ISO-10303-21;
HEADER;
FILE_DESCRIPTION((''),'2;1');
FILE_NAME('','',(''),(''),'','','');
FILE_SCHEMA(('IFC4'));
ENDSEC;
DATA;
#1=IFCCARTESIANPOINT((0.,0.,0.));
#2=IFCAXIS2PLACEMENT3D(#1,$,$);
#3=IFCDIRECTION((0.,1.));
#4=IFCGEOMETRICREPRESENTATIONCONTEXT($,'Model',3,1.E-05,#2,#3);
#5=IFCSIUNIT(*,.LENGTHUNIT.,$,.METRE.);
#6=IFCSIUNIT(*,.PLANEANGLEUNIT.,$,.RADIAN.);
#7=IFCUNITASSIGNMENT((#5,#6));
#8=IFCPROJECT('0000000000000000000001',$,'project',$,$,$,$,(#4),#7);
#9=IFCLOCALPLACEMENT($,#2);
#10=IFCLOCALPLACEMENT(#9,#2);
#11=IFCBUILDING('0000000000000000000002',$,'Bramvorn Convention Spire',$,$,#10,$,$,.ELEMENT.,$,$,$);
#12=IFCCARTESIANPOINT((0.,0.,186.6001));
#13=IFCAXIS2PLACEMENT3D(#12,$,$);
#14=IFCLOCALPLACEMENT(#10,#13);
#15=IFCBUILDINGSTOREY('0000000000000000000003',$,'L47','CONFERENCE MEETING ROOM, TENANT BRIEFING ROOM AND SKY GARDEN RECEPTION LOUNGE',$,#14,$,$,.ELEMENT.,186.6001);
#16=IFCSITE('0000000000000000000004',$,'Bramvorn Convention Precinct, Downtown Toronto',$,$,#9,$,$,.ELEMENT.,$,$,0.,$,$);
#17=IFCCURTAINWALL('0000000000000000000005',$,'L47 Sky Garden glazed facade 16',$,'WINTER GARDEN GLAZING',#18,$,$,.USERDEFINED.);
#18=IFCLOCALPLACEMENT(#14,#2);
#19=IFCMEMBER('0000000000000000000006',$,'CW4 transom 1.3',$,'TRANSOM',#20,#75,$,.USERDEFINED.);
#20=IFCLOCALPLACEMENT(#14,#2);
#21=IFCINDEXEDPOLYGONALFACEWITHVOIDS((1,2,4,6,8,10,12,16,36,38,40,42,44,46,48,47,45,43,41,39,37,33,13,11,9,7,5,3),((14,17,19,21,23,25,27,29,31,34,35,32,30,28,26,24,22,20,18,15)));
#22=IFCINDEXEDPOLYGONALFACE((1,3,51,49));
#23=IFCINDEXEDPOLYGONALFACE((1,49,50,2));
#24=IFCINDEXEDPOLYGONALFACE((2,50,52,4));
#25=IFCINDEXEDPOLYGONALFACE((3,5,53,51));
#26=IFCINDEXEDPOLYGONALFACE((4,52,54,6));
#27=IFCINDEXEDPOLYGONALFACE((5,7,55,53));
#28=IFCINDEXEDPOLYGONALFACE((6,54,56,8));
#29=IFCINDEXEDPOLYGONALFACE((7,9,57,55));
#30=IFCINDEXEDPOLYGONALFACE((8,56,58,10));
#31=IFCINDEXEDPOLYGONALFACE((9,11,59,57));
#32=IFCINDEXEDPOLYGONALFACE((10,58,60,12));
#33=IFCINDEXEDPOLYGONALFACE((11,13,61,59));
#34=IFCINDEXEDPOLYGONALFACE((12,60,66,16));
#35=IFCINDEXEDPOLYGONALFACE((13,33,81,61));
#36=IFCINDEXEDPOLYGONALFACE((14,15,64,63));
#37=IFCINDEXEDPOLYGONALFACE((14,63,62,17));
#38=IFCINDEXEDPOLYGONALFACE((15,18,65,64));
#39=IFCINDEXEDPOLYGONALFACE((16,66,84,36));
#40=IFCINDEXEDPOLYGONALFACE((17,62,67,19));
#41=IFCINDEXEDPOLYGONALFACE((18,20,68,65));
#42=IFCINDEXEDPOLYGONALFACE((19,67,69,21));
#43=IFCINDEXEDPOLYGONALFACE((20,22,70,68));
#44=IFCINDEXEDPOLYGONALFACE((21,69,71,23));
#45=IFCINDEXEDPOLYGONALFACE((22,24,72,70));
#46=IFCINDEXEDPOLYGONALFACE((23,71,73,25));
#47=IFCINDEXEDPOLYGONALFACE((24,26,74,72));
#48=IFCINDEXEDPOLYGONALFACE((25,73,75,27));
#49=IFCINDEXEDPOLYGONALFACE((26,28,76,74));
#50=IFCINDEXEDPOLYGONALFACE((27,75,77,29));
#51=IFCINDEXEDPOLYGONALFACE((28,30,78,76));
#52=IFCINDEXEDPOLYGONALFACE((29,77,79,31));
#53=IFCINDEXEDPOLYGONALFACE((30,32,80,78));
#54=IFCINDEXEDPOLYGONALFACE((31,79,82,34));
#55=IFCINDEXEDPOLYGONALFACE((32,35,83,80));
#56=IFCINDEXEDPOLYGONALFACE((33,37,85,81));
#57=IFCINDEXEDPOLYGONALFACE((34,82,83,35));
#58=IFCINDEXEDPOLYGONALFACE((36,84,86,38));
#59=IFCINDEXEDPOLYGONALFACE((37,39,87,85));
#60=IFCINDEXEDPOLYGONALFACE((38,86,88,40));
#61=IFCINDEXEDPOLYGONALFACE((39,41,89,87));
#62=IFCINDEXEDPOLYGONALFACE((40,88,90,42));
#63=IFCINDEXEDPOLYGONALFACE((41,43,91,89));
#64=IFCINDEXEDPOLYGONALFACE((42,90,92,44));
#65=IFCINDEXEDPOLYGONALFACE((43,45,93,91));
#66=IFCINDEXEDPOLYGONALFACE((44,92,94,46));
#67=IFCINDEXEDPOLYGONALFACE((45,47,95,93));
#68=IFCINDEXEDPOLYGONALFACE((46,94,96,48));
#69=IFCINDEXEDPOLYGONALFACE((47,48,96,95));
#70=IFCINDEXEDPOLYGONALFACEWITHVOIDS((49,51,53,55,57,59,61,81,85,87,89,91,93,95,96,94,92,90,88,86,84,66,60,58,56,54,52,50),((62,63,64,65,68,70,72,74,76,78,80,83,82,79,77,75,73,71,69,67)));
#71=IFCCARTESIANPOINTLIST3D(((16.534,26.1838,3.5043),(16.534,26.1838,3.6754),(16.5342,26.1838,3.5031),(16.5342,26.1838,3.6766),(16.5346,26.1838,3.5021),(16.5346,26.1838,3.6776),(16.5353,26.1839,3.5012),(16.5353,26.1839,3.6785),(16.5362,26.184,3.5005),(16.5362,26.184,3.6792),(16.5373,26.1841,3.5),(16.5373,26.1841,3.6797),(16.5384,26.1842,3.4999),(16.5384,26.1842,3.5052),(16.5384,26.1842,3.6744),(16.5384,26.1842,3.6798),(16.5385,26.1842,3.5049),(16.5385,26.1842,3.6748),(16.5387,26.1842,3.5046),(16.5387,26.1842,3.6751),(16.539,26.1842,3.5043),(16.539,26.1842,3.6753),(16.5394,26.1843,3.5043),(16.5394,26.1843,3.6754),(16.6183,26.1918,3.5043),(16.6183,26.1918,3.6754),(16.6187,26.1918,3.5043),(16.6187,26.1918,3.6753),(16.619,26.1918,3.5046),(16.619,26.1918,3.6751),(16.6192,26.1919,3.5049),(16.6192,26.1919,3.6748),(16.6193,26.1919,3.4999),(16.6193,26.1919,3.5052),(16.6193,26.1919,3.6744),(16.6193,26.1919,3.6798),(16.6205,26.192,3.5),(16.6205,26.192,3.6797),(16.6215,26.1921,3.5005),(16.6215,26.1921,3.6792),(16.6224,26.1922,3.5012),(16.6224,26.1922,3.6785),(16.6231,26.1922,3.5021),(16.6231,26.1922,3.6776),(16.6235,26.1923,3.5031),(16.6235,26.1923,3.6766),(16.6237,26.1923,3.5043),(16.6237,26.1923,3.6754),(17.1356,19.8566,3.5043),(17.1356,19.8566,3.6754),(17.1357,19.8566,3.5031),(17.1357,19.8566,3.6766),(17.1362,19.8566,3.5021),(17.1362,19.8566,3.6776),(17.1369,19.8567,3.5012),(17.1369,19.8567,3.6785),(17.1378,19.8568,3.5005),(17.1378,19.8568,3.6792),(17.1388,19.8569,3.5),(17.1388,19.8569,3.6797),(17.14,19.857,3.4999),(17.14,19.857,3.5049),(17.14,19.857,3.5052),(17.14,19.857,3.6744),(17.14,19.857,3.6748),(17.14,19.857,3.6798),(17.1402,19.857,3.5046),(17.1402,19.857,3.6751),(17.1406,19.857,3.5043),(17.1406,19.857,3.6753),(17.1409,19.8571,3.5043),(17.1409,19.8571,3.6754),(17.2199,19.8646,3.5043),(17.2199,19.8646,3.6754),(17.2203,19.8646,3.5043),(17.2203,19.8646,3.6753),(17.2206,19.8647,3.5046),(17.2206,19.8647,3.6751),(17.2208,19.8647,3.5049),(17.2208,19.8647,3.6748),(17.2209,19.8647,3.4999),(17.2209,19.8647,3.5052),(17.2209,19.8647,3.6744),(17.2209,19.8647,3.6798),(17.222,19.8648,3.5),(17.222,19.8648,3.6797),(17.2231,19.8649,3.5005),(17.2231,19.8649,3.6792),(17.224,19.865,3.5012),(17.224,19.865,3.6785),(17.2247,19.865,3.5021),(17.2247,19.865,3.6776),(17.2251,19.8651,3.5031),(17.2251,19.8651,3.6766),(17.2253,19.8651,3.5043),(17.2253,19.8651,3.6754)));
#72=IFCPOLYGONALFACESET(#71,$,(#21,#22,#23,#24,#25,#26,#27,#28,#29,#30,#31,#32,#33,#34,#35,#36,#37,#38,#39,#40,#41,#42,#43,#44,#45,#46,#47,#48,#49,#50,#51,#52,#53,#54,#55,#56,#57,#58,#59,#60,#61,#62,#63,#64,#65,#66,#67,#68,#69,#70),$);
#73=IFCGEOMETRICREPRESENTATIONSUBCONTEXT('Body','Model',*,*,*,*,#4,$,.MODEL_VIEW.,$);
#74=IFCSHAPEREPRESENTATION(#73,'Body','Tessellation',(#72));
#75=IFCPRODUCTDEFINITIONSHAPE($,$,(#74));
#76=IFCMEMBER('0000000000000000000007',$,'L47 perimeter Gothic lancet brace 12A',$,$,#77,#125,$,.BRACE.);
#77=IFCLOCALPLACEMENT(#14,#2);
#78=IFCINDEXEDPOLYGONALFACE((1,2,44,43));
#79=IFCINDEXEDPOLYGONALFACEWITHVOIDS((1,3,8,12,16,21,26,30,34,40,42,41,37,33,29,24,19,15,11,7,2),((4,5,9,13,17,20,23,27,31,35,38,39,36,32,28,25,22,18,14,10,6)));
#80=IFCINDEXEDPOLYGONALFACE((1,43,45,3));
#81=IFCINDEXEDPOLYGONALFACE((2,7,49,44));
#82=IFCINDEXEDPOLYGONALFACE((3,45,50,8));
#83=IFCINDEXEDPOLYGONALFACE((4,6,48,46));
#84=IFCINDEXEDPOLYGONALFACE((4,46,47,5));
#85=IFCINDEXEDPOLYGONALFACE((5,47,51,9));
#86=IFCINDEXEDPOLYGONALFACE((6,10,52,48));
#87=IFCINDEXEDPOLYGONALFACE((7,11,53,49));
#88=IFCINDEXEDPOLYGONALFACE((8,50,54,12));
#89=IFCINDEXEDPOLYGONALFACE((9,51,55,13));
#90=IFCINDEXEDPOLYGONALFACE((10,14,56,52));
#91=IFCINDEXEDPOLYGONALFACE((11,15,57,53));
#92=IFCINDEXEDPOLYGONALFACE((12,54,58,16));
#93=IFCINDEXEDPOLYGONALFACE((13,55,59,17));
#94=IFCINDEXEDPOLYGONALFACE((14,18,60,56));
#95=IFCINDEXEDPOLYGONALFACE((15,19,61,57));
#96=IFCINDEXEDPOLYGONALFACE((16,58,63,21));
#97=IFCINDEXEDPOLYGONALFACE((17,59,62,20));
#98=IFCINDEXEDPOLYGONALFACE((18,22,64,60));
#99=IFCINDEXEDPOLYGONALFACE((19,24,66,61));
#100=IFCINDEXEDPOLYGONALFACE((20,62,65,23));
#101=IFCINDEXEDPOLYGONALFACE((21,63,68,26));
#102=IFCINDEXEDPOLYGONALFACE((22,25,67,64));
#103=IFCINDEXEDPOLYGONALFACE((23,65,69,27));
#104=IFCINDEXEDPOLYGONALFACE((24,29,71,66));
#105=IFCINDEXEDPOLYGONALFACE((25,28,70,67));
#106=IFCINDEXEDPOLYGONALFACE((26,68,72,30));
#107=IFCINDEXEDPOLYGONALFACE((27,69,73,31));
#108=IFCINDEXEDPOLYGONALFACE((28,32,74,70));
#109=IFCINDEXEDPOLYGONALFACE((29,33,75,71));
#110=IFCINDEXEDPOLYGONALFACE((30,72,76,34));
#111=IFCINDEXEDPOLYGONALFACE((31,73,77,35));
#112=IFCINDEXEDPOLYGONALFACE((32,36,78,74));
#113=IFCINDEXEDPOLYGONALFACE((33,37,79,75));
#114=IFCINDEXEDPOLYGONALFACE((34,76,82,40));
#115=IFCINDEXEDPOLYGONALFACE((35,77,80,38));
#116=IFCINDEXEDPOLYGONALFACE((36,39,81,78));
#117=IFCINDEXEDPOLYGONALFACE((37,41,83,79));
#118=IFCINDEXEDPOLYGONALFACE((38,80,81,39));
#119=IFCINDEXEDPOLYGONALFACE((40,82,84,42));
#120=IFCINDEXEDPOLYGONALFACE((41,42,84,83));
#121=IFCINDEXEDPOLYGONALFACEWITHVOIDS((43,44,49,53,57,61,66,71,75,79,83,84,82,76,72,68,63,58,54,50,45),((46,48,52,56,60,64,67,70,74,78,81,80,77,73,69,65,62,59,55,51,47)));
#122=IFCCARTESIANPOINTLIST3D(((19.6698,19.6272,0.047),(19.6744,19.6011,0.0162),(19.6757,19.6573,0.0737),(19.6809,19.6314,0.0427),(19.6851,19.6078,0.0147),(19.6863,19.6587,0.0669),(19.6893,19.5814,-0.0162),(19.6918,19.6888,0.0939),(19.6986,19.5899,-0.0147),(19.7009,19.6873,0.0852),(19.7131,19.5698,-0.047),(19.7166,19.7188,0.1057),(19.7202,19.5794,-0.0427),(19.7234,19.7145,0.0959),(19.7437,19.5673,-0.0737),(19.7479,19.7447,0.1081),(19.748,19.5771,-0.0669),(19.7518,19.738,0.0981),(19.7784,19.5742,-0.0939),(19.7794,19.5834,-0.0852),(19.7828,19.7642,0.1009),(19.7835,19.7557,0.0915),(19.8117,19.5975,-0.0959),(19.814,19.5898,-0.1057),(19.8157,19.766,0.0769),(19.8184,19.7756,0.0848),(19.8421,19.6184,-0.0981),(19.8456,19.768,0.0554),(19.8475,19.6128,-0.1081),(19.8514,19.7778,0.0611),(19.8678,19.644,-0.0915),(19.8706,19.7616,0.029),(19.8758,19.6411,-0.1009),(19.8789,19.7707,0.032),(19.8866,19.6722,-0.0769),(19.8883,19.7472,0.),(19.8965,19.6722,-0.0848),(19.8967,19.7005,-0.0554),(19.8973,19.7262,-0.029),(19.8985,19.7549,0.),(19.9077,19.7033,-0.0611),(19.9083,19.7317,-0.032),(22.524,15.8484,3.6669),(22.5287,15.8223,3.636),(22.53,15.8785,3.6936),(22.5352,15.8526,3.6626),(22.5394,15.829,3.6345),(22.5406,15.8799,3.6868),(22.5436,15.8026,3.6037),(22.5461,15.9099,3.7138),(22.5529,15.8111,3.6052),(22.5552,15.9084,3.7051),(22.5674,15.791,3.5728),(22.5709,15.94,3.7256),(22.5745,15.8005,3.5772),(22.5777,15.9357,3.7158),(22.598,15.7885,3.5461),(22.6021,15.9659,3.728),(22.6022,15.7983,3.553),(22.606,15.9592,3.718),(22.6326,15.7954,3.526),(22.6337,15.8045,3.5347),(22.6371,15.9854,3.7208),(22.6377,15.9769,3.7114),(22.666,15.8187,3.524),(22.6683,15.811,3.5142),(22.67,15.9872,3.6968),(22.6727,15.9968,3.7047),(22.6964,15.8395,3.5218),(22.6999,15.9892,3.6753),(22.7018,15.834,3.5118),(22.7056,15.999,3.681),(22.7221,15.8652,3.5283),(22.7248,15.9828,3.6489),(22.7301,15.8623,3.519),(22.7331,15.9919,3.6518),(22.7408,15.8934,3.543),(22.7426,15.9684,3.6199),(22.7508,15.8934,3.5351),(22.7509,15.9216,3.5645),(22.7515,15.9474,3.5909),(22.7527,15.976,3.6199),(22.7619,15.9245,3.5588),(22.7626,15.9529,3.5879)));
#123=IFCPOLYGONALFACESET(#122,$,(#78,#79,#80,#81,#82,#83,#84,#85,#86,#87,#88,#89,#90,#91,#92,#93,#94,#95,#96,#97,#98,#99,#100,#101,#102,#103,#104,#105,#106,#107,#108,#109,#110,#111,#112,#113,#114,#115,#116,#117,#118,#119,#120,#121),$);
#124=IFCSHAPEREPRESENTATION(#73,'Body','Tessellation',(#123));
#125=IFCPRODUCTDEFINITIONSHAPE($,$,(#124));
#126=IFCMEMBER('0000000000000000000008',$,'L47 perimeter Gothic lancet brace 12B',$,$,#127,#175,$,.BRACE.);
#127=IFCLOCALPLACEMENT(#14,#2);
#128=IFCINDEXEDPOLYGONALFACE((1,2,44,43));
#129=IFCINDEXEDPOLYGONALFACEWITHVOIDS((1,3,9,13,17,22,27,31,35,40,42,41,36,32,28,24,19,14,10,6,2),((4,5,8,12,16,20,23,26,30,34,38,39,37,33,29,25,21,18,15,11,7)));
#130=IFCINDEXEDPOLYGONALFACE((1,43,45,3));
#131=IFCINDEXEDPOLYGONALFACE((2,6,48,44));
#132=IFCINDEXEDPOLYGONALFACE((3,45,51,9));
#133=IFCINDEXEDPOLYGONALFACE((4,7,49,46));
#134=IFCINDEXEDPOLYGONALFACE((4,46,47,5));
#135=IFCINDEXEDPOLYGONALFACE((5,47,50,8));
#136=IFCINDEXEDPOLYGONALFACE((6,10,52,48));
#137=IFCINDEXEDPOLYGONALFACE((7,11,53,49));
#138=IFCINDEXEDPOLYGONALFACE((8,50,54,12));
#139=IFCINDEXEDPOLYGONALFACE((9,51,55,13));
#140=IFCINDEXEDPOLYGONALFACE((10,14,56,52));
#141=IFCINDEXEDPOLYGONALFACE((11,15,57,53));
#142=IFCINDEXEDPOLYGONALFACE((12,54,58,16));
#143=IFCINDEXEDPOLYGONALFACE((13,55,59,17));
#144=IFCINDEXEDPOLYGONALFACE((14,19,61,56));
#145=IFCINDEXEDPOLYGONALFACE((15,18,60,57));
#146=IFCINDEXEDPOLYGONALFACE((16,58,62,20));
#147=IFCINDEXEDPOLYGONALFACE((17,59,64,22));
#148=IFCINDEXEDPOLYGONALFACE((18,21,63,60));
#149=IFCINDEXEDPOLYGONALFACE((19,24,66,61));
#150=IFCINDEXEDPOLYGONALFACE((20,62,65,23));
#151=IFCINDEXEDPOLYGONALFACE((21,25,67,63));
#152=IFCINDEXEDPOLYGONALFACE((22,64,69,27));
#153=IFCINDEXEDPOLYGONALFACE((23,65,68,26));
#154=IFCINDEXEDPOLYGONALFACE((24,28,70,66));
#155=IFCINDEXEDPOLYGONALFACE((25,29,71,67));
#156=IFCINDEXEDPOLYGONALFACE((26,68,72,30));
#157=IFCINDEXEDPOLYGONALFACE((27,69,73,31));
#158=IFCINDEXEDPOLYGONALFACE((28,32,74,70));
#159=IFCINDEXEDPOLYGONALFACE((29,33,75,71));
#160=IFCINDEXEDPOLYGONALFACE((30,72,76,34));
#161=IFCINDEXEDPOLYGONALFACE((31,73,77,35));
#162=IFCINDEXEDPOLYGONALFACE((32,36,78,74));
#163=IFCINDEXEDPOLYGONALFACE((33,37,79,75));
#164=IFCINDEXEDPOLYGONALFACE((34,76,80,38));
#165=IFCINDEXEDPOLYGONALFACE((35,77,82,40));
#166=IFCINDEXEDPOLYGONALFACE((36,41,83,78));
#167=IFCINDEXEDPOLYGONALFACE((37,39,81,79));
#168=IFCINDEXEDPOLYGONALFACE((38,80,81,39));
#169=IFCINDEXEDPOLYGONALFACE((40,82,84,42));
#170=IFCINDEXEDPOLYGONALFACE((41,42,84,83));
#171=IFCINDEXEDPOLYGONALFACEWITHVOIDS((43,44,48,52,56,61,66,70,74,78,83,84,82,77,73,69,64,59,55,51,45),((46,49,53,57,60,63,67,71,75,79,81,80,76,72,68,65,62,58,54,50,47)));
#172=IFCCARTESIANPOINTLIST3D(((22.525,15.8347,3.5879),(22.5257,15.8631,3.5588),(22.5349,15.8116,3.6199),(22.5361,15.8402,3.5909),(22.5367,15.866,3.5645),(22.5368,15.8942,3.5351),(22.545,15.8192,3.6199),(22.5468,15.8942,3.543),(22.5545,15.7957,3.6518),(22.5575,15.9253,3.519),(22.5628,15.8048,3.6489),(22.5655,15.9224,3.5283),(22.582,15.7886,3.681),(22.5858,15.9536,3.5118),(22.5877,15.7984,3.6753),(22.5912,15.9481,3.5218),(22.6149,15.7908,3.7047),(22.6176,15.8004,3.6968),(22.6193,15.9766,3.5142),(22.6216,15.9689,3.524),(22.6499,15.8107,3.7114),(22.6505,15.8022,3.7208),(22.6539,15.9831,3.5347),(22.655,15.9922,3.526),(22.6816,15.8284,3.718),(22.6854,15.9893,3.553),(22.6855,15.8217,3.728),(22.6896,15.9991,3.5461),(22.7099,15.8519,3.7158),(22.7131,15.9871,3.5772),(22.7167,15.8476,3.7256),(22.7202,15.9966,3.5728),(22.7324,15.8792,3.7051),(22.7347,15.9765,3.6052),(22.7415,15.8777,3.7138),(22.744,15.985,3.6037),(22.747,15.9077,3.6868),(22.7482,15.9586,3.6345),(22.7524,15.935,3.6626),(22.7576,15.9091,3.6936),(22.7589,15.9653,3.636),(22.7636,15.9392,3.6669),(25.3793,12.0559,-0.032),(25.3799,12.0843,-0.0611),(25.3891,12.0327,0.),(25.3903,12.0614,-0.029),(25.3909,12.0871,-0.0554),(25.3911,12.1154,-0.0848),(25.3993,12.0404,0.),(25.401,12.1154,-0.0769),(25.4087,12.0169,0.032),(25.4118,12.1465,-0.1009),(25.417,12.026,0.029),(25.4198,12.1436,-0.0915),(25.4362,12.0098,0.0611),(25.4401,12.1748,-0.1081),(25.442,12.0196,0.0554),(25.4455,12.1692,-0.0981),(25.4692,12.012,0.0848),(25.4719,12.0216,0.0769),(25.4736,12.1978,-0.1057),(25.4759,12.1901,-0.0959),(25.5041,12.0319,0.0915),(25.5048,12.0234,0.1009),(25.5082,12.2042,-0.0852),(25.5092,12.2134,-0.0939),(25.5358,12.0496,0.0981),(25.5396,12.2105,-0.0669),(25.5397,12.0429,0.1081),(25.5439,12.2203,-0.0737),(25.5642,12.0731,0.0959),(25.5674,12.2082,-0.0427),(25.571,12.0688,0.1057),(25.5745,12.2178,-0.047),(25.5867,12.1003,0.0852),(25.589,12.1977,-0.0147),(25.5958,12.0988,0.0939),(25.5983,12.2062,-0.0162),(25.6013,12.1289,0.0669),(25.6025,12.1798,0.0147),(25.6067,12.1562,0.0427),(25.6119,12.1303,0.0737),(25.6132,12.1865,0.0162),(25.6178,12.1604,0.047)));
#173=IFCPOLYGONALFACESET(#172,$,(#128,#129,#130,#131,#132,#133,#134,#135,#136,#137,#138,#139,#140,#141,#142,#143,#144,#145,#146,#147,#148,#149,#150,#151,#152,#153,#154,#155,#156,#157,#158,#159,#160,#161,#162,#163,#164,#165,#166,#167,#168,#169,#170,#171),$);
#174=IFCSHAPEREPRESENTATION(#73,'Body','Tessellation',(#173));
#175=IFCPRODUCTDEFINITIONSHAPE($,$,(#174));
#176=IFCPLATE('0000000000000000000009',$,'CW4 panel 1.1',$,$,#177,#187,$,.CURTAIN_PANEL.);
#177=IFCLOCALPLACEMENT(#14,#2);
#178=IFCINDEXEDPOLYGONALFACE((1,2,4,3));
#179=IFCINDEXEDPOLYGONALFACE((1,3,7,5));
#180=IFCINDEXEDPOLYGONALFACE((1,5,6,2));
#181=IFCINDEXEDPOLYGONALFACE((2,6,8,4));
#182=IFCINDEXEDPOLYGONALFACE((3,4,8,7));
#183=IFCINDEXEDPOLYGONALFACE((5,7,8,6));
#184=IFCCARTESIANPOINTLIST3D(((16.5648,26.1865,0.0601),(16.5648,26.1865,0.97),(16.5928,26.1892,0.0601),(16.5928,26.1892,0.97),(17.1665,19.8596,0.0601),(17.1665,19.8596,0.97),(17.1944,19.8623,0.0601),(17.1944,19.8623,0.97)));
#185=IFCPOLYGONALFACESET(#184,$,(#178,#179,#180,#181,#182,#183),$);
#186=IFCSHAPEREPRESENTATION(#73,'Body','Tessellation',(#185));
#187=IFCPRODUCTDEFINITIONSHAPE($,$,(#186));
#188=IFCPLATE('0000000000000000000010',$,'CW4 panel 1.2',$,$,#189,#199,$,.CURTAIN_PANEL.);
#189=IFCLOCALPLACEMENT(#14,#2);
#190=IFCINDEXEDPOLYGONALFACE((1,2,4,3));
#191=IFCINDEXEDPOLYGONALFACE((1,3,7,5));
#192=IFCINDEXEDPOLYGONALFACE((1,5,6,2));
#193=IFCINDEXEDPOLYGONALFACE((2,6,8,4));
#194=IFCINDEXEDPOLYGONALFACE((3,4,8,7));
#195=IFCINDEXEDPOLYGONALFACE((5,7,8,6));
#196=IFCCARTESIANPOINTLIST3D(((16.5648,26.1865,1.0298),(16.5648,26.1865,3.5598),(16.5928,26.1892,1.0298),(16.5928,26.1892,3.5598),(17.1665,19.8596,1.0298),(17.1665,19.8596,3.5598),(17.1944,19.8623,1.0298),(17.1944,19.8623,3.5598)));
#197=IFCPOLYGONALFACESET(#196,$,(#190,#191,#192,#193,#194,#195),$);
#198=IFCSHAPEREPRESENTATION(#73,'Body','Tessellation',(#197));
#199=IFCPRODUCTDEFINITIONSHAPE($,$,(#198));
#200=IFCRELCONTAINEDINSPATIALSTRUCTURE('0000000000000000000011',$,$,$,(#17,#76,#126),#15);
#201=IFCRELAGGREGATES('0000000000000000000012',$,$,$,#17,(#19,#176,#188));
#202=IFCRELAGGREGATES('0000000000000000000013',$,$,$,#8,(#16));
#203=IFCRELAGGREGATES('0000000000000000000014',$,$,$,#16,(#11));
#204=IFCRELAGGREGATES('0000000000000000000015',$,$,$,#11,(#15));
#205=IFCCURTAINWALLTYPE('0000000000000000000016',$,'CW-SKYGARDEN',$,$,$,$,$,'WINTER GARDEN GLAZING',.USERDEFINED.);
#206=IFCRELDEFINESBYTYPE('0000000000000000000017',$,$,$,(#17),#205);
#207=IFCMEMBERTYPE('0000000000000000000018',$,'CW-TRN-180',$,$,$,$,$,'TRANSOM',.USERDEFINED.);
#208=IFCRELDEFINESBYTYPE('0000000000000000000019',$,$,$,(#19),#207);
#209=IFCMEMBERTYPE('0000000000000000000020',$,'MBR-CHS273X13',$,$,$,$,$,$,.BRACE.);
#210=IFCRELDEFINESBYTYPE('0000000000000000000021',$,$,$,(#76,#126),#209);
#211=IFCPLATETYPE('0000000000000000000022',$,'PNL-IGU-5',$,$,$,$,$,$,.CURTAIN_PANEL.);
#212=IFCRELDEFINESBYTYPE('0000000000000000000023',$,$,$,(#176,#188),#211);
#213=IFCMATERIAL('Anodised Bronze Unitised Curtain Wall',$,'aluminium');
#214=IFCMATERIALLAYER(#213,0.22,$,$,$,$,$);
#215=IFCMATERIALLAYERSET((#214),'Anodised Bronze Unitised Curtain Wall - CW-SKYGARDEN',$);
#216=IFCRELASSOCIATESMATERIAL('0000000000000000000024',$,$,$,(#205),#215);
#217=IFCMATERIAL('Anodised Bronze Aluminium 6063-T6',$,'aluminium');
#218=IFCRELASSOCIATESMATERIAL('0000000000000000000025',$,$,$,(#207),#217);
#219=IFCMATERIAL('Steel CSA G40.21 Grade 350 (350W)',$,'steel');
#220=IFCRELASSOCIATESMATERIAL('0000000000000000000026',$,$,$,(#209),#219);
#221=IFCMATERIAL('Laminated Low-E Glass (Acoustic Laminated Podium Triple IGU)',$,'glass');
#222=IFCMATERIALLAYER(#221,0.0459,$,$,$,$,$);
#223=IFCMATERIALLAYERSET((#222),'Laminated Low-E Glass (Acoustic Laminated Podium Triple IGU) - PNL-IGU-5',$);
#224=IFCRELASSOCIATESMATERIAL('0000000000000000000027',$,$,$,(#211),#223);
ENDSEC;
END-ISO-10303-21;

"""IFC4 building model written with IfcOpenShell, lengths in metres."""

from ifc_helpers import new_model, si_unit, direction, frame, origin, origin_2d, place, context, subcontext, project, spatial, rectangle, hollow_rectangle, hollow_circle, extrude, material, layer, layer_set, material_profile, profile_set, type_object, element, aggregate, save


model = new_model("IFC4")

# Units and contexts
model_context = context("Model", 3, precision=1e-05, world=origin(), true_north=direction((0.0, 1.0)))
body_context = subcontext(model_context, "Body", "Model", "MODEL_VIEW")
ifc_project = project(units=[si_unit("LENGTHUNIT", "METRE"), si_unit("PLANEANGLEUNIT", "RADIAN")], contexts=[model_context])

# Site, building, storey
site_placement = place(None, origin())
site = spatial("IfcSite", under=ifc_project, at=site_placement, Name="Bramvorn Convention Precinct, Downtown Toronto", CompositionType="ELEMENT", RefElevation=0.0)
building_placement = place(site_placement, origin())
building = spatial("IfcBuilding", under=site, at=building_placement, Name="Bramvorn Convention Spire", CompositionType="ELEMENT")
storey_placement = place(building_placement, frame((0.0, 0.0, 186.6001)))
storey = spatial("IfcBuildingStorey", under=building, at=storey_placement, Name="L47", Description="CONFERENCE MEETING ROOM, TENANT BRIEFING ROOM AND SKY GARDEN RECEPTION LOUNGE", CompositionType="ELEMENT", Elevation=186.6001)

# Shared definitions
ifc_material_1 = material(Name="Steel CSA G40.21 Grade 350 (350W)", Category="steel")

# Curtain wall, member
ifc_material_2 = material(Name="Anodised Bronze Unitised Curtain Wall", Category="aluminium")
ifc_layer_1 = layer(ifc_material_2, 0.22)
ifc_layer_set_1 = layer_set([ifc_layer_1], Name="Anodised Bronze Unitised Curtain Wall - CW-SKYGARDEN")
curtain_wall_type = type_object("IfcCurtainWallType", Name="CW-SKYGARDEN", ElementType="WINTER GARDEN GLAZING", PredefinedType="USERDEFINED", material=ifc_layer_set_1)
curtain_wall_placement = place(storey_placement, origin())
curtain_wall = element("IfcCurtainWall", 1, at=curtain_wall_placement, inside=storey, type_object=curtain_wall_type, Name="L47 Sky Garden glazed facade 16", ObjectType="WINTER GARDEN GLAZING", PredefinedType="USERDEFINED")
ifc_material_3 = material(Name="Anodised Bronze Aluminium 6063-T6", Category="aluminium")
ifc_material_profile_1 = material_profile(ifc_material_3, hollow_rectangle(XDim=0.0901, YDim=0.1799, WallThickness=0.0044, InnerFilletRadius=0.001, OuterFilletRadius=0.0044, at=origin_2d()))
ifc_profile_set_1 = profile_set([ifc_material_profile_1], Name="Anodised Bronze Aluminium 6063-T6 - CWT90X180")
member_type_1 = type_object("IfcMemberType", Name="CW-TRN-180", ElementType="TRANSOM", PredefinedType="USERDEFINED", material=ifc_profile_set_1)
member_1_placement = place(storey_placement, frame((17.1804, 19.8608, 3.5898), z_axis=(-0.09465, 0.995511, 0.0), x_axis=(-0.995511, -0.09465, 0.0)))
member_1 = element("IfcMember", 2, at=member_1_placement, type_object=member_type_1, Name="CW4 transom 1.3", ObjectType="TRANSOM", PredefinedType="USERDEFINED", context=body_context, shape_type="SweptSolid", body=[
    extrude(hollow_rectangle(XDim=0.0901, YDim=0.1799, WallThickness=0.0044, InnerFilletRadius=0.001, OuterFilletRadius=0.0044, at=origin_2d()), origin(), (0.0, 0.0, 1.0), 6.3557),
])

# Members
ifc_material_profile_2 = material_profile(ifc_material_1, hollow_circle(Radius=0.1365, WallThickness=0.0127, at=origin_2d()))
ifc_profile_set_2 = profile_set([ifc_material_profile_2], Name="Steel CSA G40.21 Grade 350 (350W) - CHS273X13")
member_type_2 = type_object("IfcMemberType", Name="MBR-CHS273X13", PredefinedType="BRACE", material=ifc_profile_set_2)
for number, where, z_axis, x_axis, name in (
    (3, (19.7896, 19.6726, 0.0), (0.478847, -0.633957, 0.607293), (0.797954, 0.602719, 0.0), "L47 perimeter Gothic lancet brace 12A"),
    (4, (25.498, 12.115, 0.0), (-0.478847, 0.633957, 0.607293), (-0.797954, -0.602719, 0.0), "L47 perimeter Gothic lancet brace 12B"),
):
    element("IfcMember", number, at=place(storey_placement, frame(where, z_axis=z_axis, x_axis=x_axis)), inside=storey, type_object=member_type_2, Name=name, PredefinedType="BRACE", context=body_context, shape_type="SweptSolid", body=[
        extrude(hollow_circle(Radius=0.1365, WallThickness=0.0127, at=origin_2d()), origin(), (0.0, 0.0, 1.0), 5.9607),
    ])

# Plates
ifc_material_4 = material(Name="Laminated Low-E Glass (Acoustic Laminated Podium Triple IGU)", Category="glass")
ifc_layer_2 = layer(ifc_material_4, 0.0459)
ifc_layer_set_2 = layer_set([ifc_layer_2], Name="Laminated Low-E Glass (Acoustic Laminated Podium Triple IGU) - PNL-IGU-5")
plate_type = type_object("IfcPlateType", Name="PNL-IGU-5", PredefinedType="CURTAIN_PANEL", material=ifc_layer_set_2)
plate_1_placement = place(storey_placement, frame((16.8796, 23.0244, 0.0601), z_axis=(0.0, 0.0, 1.0), x_axis=(-0.094665, 0.995509, 0.0)))
plate_1 = element("IfcPlate", 5, at=plate_1_placement, type_object=plate_type, Name="CW4 panel 1.1", PredefinedType="CURTAIN_PANEL", context=body_context, shape_type="SweptSolid", body=[
    extrude(rectangle(XDim=6.3555, YDim=0.0281, at=origin_2d()), origin(), (0.0, 0.0, 1.0), 0.9099),
])
plate_2_placement = place(storey_placement, frame((16.8796, 23.0244, 1.0298), z_axis=(0.0, 0.0, 1.0), x_axis=(-0.094665, 0.995509, 0.0)))
plate_2 = element("IfcPlate", 6, at=plate_2_placement, type_object=plate_type, Name="CW4 panel 1.2", PredefinedType="CURTAIN_PANEL", context=body_context, shape_type="SweptSolid", body=[
    extrude(rectangle(XDim=6.3555, YDim=0.0281, at=origin_2d()), origin(), (0.0, 0.0, 1.0), 2.53),
])
aggregate(curtain_wall, [member_1, plate_1, plate_2])

save(model, "model.ifc")
